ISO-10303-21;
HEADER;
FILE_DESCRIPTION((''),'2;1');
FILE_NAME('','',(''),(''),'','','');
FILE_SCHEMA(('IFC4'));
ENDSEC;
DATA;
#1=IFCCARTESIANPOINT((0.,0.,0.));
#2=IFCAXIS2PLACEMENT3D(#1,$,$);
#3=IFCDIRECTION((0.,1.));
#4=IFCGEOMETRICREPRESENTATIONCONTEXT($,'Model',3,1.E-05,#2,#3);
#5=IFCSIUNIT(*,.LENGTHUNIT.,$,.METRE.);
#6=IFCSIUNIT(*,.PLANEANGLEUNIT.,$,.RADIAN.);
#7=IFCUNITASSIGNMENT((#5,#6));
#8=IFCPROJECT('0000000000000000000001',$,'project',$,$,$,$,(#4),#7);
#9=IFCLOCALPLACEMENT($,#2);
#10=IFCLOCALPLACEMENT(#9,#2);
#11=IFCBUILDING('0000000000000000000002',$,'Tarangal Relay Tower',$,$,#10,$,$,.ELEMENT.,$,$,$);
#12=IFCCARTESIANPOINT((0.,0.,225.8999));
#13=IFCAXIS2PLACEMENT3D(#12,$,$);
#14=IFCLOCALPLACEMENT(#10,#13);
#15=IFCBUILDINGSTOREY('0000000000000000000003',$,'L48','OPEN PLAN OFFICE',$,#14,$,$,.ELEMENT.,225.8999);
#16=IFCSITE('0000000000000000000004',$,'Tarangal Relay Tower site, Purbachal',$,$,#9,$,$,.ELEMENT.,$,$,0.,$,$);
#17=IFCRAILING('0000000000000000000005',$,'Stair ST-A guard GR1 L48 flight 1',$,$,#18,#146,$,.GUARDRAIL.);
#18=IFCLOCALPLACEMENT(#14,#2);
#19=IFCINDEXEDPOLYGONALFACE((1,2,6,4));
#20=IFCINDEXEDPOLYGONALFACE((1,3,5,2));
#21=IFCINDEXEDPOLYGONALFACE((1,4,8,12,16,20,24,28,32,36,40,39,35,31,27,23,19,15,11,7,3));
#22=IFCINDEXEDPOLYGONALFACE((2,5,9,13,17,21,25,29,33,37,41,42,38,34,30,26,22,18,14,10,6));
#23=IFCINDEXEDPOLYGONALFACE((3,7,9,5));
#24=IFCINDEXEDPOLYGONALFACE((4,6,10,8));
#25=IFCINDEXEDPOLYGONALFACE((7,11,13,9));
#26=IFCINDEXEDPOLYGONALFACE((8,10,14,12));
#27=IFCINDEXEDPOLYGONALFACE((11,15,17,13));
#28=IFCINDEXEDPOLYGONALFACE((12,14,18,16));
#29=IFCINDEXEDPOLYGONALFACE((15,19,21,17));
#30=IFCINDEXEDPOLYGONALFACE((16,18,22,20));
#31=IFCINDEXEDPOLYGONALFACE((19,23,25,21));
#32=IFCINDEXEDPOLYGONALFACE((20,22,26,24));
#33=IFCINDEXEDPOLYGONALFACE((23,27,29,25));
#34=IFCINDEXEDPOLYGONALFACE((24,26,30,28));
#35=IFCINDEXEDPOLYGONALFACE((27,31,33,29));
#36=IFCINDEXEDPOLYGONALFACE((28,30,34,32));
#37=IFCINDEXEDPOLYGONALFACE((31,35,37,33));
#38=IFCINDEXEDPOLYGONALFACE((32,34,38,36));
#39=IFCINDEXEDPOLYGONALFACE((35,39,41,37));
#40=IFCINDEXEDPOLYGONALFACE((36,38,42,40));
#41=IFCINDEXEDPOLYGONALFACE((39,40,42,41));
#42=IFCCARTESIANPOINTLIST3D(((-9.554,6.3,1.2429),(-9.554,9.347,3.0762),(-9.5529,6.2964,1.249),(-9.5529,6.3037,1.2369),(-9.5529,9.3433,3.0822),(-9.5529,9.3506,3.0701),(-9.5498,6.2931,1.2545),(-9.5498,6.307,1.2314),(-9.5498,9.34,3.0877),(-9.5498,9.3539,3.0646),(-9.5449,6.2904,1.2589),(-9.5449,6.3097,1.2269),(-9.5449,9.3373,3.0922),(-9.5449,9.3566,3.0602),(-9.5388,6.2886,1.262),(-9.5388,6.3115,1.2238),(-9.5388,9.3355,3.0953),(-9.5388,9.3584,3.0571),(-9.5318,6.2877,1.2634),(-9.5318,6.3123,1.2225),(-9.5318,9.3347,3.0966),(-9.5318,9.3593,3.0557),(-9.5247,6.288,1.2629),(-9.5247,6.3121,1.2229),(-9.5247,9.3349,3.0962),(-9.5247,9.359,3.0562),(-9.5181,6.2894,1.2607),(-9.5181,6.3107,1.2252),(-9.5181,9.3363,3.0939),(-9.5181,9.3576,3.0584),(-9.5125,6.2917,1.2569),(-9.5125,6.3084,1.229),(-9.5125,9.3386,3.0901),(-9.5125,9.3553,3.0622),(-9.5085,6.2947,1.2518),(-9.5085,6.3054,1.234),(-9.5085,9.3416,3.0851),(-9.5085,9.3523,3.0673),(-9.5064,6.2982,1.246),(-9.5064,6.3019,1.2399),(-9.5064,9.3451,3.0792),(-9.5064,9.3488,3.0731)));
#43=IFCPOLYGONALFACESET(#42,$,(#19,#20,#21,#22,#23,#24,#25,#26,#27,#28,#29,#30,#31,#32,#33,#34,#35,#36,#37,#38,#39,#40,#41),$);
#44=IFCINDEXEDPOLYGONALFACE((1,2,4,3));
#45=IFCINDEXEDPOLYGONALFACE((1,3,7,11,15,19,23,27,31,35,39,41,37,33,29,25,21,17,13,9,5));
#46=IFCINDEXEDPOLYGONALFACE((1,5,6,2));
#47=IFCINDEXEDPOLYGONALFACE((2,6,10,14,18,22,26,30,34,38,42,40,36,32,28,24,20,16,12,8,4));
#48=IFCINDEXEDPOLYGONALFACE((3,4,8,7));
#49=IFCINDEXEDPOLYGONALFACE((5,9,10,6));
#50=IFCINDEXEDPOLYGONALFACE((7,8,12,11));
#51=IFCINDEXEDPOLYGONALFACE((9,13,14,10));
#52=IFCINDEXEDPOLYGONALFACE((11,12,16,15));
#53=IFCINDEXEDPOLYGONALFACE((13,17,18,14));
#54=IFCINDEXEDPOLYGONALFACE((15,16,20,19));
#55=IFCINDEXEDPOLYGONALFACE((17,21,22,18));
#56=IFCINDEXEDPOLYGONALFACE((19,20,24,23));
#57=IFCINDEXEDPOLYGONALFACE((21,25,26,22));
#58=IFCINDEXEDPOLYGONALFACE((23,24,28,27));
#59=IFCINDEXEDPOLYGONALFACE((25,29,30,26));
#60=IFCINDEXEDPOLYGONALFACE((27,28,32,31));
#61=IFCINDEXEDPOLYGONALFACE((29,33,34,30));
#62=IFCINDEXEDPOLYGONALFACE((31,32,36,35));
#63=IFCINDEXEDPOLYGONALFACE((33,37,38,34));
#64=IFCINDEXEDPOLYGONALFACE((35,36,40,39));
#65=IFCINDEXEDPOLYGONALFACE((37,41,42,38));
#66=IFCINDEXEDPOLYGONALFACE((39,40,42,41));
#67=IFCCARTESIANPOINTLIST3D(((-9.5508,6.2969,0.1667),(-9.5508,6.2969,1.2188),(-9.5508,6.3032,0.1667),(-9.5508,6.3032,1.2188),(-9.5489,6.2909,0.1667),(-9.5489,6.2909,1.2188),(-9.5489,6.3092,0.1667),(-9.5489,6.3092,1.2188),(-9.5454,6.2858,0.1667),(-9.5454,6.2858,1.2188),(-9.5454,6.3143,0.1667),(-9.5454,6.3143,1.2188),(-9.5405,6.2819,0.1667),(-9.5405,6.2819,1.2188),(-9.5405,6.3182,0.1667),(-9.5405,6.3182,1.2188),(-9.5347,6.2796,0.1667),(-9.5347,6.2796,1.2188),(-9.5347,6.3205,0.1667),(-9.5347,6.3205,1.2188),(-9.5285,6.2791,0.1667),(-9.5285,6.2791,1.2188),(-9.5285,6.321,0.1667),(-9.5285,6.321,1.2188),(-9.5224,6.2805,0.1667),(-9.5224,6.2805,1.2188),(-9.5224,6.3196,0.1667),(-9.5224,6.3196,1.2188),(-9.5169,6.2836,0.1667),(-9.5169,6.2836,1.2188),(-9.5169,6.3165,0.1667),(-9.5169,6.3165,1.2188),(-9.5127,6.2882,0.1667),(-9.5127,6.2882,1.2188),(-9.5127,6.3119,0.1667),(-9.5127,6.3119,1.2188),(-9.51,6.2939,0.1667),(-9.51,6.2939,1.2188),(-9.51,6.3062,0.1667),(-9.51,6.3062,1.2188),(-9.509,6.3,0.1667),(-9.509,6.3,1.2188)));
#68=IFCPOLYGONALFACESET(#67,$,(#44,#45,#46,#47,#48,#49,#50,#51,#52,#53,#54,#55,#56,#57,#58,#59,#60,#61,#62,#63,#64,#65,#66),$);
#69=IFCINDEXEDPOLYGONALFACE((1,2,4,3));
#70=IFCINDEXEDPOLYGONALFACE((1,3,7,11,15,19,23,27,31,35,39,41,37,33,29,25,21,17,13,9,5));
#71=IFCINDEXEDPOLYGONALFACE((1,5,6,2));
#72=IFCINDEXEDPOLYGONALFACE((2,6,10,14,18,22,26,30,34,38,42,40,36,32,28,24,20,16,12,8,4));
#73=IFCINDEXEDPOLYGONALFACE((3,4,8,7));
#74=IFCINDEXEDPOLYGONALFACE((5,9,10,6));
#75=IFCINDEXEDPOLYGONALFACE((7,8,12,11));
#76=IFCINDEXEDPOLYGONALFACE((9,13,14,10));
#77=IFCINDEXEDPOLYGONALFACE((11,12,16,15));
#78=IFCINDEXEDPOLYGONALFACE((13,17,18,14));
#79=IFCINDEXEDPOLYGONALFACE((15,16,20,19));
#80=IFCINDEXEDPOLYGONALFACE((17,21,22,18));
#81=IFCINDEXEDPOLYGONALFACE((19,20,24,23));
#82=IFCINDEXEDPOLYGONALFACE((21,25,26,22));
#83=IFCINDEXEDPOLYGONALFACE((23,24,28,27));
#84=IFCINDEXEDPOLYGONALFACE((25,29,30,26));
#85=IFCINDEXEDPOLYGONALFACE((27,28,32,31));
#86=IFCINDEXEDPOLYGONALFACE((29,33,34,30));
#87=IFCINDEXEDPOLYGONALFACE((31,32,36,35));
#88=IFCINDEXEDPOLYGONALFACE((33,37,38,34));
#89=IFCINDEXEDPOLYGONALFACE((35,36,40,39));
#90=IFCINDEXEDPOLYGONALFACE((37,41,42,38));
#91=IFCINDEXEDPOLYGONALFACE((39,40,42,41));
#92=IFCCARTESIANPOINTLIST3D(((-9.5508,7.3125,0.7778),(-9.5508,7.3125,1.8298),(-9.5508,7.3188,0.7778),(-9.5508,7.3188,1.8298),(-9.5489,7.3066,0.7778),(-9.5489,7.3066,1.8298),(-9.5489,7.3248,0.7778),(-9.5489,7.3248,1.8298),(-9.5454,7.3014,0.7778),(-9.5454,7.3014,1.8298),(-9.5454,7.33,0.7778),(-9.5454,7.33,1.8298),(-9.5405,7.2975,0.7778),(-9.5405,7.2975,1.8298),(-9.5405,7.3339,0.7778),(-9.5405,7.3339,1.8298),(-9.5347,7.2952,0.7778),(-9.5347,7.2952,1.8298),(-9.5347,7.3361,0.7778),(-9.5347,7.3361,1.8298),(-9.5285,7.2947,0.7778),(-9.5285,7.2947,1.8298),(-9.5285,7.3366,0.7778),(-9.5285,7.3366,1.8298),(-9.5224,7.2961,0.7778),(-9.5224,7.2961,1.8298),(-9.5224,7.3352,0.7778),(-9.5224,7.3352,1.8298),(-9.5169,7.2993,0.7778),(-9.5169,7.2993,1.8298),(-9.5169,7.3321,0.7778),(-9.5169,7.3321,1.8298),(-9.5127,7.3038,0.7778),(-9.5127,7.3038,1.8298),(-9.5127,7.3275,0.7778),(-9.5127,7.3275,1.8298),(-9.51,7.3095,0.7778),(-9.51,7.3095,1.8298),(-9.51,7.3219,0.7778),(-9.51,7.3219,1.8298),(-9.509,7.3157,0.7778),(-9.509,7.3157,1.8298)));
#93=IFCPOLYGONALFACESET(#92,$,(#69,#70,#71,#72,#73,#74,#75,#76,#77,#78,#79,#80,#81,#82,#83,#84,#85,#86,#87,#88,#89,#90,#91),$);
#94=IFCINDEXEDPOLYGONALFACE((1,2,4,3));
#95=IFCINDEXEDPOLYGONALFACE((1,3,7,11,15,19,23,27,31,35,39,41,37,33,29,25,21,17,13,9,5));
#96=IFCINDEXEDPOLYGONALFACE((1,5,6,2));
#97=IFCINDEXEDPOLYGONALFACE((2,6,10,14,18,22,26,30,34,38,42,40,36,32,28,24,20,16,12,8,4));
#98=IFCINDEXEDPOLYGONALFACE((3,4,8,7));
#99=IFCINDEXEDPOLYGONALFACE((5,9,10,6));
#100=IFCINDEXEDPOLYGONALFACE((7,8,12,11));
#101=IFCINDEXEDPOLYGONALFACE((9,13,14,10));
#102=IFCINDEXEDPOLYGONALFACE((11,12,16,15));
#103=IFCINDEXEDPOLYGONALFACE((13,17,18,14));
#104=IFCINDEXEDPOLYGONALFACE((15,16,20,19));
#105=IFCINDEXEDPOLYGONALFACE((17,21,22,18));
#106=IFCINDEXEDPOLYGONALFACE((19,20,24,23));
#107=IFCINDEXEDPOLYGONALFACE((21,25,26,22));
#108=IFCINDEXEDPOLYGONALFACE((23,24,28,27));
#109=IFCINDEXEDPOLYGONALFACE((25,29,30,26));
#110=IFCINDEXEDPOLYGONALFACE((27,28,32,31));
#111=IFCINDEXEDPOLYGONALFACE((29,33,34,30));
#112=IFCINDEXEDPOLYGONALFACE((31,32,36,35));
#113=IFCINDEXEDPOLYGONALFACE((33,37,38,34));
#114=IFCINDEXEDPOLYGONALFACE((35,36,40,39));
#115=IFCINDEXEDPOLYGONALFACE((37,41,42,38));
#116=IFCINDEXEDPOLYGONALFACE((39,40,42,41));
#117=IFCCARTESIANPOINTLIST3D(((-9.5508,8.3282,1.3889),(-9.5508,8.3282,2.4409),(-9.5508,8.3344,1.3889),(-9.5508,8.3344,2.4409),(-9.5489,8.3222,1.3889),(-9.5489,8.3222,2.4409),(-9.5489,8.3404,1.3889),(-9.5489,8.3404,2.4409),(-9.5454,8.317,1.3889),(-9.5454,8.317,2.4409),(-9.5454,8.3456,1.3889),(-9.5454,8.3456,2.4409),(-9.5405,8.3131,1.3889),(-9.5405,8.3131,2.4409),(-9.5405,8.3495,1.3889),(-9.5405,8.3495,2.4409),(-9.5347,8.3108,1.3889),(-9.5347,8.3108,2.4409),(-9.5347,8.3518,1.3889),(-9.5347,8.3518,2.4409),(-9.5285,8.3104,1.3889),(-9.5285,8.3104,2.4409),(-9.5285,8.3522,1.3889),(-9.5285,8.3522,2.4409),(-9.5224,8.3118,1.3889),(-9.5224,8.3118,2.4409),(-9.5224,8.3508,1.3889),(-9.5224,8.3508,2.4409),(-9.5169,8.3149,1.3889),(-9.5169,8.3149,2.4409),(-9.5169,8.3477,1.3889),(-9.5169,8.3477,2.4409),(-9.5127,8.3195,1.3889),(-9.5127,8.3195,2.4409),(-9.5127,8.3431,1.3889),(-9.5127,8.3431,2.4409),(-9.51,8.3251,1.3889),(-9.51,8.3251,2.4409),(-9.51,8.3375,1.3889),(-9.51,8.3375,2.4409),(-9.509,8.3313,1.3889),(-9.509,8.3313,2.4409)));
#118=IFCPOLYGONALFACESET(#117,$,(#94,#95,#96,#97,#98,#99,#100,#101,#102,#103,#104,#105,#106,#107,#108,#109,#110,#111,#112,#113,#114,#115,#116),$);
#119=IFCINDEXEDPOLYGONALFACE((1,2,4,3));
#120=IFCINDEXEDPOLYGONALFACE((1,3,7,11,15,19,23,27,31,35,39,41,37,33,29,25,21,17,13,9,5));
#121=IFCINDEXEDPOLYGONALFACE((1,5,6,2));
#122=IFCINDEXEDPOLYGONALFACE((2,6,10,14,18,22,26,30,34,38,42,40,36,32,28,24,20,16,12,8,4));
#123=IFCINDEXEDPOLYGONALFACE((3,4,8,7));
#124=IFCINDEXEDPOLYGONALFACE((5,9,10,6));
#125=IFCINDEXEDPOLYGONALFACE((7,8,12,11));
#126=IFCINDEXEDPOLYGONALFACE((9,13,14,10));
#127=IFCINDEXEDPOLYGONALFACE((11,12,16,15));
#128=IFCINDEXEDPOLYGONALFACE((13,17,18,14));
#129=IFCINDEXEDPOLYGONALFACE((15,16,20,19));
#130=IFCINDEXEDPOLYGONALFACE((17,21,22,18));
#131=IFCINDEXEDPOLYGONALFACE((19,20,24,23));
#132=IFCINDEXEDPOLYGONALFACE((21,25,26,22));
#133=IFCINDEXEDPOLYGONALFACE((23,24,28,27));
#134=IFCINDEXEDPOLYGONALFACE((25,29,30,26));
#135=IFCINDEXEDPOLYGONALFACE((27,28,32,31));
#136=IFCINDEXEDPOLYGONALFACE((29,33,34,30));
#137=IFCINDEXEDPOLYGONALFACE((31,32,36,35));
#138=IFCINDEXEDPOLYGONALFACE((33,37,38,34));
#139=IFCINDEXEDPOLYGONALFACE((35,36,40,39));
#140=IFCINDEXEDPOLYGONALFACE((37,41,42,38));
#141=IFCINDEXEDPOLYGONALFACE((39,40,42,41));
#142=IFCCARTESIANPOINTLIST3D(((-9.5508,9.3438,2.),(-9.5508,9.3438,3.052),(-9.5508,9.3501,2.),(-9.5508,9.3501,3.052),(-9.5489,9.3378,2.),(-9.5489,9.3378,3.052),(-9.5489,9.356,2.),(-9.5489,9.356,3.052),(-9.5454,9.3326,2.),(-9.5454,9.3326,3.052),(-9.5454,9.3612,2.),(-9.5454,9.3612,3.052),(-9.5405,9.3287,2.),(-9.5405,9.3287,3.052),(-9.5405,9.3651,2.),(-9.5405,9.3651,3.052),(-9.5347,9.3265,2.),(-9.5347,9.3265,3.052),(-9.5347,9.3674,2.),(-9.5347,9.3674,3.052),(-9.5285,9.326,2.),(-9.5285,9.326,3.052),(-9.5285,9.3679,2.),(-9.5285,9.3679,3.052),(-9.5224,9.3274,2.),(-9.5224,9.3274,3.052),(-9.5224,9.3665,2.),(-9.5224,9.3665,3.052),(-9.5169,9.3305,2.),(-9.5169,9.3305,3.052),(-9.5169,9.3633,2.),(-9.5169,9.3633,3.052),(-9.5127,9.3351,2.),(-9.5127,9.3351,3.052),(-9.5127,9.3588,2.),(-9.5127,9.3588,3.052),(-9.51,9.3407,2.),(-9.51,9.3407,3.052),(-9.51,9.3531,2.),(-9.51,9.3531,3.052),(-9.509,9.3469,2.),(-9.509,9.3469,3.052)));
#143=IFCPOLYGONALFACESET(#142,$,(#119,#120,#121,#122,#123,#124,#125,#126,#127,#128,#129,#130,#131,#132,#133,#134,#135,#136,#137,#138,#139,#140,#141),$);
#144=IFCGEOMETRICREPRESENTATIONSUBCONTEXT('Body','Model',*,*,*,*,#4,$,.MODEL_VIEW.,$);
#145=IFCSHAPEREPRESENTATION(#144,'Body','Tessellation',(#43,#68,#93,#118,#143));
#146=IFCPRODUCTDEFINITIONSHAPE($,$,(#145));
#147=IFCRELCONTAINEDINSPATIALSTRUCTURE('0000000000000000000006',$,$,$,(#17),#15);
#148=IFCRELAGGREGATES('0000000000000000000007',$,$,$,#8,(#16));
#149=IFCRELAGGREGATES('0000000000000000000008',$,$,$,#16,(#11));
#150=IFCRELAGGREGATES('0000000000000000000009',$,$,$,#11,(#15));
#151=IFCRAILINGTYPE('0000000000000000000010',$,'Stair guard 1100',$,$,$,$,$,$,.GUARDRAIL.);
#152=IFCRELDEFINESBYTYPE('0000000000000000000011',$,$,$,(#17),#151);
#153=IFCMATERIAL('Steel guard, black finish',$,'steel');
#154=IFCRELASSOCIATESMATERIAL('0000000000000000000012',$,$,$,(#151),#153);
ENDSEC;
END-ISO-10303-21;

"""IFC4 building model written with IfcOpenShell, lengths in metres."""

from ifc_helpers import new_model, si_unit, direction, frame, origin, origin_2d, place, context, subcontext, project, spatial, circle, extrude, material, type_object, element, save


model = new_model("IFC4")

# Units and contexts
model_context = context("Model", 3, precision=1e-05, world=origin(), true_north=direction((0.0, 1.0)))
body_context = subcontext(model_context, "Body", "Model", "MODEL_VIEW")
ifc_project = project(units=[si_unit("LENGTHUNIT", "METRE"), si_unit("PLANEANGLEUNIT", "RADIAN")], contexts=[model_context])

# Site, building, storey
site_placement = place(None, origin())
site = spatial("IfcSite", under=ifc_project, at=site_placement, Name="Tarangal Relay Tower site, Purbachal", CompositionType="ELEMENT", RefElevation=0.0)
building_placement = place(site_placement, origin())
building = spatial("IfcBuilding", under=site, at=building_placement, Name="Tarangal Relay Tower", CompositionType="ELEMENT")
storey_placement = place(building_placement, frame((0.0, 0.0, 225.8999)))
storey = spatial("IfcBuildingStorey", under=building, at=storey_placement, Name="L48", Description="OPEN PLAN OFFICE", CompositionType="ELEMENT", Elevation=225.8999)

# Railing
ifc_material_1 = material(Name="Steel guard, black finish", Category="steel")
railing_type_1 = type_object("IfcRailingType", Name="Stair guard 1100", PredefinedType="GUARDRAIL", material=ifc_material_1)
railing_1_placement = place(storey_placement, frame((-9.53, 6.3, 0.1667)))
element("IfcRailing", 1, at=railing_1_placement, inside=storey, type_object=railing_type_1, Name="Stair ST-A guard GR1 L48 flight 1", PredefinedType="GUARDRAIL", context=body_context, shape_type="SweptSolid", body=[
    extrude(circle(Radius=0.0239, at=origin_2d()), frame((0.0, 0.0, 1.0762), z_axis=(0.0, 0.856856, 0.515556), x_axis=(-1.0, 0.0, 0.0)), (0.0, 0.0, 1.0), 3.5559),
    extrude(circle(Radius=0.021, at=origin_2d()), origin(), (0.0, 0.0, 1.0), 1.052),
    extrude(circle(Radius=0.021, at=origin_2d()), frame((0.0, 1.0156, 0.6111)), (0.0, 0.0, 1.0), 1.052),
    extrude(circle(Radius=0.021, at=origin_2d()), frame((0.0, 2.0312, 1.2222)), (0.0, 0.0, 1.0), 1.052),
    extrude(circle(Radius=0.021, at=origin_2d()), frame((0.0, 3.0469, 1.8333)), (0.0, 0.0, 1.0), 1.052),
])

save(model, "model.ifc")
